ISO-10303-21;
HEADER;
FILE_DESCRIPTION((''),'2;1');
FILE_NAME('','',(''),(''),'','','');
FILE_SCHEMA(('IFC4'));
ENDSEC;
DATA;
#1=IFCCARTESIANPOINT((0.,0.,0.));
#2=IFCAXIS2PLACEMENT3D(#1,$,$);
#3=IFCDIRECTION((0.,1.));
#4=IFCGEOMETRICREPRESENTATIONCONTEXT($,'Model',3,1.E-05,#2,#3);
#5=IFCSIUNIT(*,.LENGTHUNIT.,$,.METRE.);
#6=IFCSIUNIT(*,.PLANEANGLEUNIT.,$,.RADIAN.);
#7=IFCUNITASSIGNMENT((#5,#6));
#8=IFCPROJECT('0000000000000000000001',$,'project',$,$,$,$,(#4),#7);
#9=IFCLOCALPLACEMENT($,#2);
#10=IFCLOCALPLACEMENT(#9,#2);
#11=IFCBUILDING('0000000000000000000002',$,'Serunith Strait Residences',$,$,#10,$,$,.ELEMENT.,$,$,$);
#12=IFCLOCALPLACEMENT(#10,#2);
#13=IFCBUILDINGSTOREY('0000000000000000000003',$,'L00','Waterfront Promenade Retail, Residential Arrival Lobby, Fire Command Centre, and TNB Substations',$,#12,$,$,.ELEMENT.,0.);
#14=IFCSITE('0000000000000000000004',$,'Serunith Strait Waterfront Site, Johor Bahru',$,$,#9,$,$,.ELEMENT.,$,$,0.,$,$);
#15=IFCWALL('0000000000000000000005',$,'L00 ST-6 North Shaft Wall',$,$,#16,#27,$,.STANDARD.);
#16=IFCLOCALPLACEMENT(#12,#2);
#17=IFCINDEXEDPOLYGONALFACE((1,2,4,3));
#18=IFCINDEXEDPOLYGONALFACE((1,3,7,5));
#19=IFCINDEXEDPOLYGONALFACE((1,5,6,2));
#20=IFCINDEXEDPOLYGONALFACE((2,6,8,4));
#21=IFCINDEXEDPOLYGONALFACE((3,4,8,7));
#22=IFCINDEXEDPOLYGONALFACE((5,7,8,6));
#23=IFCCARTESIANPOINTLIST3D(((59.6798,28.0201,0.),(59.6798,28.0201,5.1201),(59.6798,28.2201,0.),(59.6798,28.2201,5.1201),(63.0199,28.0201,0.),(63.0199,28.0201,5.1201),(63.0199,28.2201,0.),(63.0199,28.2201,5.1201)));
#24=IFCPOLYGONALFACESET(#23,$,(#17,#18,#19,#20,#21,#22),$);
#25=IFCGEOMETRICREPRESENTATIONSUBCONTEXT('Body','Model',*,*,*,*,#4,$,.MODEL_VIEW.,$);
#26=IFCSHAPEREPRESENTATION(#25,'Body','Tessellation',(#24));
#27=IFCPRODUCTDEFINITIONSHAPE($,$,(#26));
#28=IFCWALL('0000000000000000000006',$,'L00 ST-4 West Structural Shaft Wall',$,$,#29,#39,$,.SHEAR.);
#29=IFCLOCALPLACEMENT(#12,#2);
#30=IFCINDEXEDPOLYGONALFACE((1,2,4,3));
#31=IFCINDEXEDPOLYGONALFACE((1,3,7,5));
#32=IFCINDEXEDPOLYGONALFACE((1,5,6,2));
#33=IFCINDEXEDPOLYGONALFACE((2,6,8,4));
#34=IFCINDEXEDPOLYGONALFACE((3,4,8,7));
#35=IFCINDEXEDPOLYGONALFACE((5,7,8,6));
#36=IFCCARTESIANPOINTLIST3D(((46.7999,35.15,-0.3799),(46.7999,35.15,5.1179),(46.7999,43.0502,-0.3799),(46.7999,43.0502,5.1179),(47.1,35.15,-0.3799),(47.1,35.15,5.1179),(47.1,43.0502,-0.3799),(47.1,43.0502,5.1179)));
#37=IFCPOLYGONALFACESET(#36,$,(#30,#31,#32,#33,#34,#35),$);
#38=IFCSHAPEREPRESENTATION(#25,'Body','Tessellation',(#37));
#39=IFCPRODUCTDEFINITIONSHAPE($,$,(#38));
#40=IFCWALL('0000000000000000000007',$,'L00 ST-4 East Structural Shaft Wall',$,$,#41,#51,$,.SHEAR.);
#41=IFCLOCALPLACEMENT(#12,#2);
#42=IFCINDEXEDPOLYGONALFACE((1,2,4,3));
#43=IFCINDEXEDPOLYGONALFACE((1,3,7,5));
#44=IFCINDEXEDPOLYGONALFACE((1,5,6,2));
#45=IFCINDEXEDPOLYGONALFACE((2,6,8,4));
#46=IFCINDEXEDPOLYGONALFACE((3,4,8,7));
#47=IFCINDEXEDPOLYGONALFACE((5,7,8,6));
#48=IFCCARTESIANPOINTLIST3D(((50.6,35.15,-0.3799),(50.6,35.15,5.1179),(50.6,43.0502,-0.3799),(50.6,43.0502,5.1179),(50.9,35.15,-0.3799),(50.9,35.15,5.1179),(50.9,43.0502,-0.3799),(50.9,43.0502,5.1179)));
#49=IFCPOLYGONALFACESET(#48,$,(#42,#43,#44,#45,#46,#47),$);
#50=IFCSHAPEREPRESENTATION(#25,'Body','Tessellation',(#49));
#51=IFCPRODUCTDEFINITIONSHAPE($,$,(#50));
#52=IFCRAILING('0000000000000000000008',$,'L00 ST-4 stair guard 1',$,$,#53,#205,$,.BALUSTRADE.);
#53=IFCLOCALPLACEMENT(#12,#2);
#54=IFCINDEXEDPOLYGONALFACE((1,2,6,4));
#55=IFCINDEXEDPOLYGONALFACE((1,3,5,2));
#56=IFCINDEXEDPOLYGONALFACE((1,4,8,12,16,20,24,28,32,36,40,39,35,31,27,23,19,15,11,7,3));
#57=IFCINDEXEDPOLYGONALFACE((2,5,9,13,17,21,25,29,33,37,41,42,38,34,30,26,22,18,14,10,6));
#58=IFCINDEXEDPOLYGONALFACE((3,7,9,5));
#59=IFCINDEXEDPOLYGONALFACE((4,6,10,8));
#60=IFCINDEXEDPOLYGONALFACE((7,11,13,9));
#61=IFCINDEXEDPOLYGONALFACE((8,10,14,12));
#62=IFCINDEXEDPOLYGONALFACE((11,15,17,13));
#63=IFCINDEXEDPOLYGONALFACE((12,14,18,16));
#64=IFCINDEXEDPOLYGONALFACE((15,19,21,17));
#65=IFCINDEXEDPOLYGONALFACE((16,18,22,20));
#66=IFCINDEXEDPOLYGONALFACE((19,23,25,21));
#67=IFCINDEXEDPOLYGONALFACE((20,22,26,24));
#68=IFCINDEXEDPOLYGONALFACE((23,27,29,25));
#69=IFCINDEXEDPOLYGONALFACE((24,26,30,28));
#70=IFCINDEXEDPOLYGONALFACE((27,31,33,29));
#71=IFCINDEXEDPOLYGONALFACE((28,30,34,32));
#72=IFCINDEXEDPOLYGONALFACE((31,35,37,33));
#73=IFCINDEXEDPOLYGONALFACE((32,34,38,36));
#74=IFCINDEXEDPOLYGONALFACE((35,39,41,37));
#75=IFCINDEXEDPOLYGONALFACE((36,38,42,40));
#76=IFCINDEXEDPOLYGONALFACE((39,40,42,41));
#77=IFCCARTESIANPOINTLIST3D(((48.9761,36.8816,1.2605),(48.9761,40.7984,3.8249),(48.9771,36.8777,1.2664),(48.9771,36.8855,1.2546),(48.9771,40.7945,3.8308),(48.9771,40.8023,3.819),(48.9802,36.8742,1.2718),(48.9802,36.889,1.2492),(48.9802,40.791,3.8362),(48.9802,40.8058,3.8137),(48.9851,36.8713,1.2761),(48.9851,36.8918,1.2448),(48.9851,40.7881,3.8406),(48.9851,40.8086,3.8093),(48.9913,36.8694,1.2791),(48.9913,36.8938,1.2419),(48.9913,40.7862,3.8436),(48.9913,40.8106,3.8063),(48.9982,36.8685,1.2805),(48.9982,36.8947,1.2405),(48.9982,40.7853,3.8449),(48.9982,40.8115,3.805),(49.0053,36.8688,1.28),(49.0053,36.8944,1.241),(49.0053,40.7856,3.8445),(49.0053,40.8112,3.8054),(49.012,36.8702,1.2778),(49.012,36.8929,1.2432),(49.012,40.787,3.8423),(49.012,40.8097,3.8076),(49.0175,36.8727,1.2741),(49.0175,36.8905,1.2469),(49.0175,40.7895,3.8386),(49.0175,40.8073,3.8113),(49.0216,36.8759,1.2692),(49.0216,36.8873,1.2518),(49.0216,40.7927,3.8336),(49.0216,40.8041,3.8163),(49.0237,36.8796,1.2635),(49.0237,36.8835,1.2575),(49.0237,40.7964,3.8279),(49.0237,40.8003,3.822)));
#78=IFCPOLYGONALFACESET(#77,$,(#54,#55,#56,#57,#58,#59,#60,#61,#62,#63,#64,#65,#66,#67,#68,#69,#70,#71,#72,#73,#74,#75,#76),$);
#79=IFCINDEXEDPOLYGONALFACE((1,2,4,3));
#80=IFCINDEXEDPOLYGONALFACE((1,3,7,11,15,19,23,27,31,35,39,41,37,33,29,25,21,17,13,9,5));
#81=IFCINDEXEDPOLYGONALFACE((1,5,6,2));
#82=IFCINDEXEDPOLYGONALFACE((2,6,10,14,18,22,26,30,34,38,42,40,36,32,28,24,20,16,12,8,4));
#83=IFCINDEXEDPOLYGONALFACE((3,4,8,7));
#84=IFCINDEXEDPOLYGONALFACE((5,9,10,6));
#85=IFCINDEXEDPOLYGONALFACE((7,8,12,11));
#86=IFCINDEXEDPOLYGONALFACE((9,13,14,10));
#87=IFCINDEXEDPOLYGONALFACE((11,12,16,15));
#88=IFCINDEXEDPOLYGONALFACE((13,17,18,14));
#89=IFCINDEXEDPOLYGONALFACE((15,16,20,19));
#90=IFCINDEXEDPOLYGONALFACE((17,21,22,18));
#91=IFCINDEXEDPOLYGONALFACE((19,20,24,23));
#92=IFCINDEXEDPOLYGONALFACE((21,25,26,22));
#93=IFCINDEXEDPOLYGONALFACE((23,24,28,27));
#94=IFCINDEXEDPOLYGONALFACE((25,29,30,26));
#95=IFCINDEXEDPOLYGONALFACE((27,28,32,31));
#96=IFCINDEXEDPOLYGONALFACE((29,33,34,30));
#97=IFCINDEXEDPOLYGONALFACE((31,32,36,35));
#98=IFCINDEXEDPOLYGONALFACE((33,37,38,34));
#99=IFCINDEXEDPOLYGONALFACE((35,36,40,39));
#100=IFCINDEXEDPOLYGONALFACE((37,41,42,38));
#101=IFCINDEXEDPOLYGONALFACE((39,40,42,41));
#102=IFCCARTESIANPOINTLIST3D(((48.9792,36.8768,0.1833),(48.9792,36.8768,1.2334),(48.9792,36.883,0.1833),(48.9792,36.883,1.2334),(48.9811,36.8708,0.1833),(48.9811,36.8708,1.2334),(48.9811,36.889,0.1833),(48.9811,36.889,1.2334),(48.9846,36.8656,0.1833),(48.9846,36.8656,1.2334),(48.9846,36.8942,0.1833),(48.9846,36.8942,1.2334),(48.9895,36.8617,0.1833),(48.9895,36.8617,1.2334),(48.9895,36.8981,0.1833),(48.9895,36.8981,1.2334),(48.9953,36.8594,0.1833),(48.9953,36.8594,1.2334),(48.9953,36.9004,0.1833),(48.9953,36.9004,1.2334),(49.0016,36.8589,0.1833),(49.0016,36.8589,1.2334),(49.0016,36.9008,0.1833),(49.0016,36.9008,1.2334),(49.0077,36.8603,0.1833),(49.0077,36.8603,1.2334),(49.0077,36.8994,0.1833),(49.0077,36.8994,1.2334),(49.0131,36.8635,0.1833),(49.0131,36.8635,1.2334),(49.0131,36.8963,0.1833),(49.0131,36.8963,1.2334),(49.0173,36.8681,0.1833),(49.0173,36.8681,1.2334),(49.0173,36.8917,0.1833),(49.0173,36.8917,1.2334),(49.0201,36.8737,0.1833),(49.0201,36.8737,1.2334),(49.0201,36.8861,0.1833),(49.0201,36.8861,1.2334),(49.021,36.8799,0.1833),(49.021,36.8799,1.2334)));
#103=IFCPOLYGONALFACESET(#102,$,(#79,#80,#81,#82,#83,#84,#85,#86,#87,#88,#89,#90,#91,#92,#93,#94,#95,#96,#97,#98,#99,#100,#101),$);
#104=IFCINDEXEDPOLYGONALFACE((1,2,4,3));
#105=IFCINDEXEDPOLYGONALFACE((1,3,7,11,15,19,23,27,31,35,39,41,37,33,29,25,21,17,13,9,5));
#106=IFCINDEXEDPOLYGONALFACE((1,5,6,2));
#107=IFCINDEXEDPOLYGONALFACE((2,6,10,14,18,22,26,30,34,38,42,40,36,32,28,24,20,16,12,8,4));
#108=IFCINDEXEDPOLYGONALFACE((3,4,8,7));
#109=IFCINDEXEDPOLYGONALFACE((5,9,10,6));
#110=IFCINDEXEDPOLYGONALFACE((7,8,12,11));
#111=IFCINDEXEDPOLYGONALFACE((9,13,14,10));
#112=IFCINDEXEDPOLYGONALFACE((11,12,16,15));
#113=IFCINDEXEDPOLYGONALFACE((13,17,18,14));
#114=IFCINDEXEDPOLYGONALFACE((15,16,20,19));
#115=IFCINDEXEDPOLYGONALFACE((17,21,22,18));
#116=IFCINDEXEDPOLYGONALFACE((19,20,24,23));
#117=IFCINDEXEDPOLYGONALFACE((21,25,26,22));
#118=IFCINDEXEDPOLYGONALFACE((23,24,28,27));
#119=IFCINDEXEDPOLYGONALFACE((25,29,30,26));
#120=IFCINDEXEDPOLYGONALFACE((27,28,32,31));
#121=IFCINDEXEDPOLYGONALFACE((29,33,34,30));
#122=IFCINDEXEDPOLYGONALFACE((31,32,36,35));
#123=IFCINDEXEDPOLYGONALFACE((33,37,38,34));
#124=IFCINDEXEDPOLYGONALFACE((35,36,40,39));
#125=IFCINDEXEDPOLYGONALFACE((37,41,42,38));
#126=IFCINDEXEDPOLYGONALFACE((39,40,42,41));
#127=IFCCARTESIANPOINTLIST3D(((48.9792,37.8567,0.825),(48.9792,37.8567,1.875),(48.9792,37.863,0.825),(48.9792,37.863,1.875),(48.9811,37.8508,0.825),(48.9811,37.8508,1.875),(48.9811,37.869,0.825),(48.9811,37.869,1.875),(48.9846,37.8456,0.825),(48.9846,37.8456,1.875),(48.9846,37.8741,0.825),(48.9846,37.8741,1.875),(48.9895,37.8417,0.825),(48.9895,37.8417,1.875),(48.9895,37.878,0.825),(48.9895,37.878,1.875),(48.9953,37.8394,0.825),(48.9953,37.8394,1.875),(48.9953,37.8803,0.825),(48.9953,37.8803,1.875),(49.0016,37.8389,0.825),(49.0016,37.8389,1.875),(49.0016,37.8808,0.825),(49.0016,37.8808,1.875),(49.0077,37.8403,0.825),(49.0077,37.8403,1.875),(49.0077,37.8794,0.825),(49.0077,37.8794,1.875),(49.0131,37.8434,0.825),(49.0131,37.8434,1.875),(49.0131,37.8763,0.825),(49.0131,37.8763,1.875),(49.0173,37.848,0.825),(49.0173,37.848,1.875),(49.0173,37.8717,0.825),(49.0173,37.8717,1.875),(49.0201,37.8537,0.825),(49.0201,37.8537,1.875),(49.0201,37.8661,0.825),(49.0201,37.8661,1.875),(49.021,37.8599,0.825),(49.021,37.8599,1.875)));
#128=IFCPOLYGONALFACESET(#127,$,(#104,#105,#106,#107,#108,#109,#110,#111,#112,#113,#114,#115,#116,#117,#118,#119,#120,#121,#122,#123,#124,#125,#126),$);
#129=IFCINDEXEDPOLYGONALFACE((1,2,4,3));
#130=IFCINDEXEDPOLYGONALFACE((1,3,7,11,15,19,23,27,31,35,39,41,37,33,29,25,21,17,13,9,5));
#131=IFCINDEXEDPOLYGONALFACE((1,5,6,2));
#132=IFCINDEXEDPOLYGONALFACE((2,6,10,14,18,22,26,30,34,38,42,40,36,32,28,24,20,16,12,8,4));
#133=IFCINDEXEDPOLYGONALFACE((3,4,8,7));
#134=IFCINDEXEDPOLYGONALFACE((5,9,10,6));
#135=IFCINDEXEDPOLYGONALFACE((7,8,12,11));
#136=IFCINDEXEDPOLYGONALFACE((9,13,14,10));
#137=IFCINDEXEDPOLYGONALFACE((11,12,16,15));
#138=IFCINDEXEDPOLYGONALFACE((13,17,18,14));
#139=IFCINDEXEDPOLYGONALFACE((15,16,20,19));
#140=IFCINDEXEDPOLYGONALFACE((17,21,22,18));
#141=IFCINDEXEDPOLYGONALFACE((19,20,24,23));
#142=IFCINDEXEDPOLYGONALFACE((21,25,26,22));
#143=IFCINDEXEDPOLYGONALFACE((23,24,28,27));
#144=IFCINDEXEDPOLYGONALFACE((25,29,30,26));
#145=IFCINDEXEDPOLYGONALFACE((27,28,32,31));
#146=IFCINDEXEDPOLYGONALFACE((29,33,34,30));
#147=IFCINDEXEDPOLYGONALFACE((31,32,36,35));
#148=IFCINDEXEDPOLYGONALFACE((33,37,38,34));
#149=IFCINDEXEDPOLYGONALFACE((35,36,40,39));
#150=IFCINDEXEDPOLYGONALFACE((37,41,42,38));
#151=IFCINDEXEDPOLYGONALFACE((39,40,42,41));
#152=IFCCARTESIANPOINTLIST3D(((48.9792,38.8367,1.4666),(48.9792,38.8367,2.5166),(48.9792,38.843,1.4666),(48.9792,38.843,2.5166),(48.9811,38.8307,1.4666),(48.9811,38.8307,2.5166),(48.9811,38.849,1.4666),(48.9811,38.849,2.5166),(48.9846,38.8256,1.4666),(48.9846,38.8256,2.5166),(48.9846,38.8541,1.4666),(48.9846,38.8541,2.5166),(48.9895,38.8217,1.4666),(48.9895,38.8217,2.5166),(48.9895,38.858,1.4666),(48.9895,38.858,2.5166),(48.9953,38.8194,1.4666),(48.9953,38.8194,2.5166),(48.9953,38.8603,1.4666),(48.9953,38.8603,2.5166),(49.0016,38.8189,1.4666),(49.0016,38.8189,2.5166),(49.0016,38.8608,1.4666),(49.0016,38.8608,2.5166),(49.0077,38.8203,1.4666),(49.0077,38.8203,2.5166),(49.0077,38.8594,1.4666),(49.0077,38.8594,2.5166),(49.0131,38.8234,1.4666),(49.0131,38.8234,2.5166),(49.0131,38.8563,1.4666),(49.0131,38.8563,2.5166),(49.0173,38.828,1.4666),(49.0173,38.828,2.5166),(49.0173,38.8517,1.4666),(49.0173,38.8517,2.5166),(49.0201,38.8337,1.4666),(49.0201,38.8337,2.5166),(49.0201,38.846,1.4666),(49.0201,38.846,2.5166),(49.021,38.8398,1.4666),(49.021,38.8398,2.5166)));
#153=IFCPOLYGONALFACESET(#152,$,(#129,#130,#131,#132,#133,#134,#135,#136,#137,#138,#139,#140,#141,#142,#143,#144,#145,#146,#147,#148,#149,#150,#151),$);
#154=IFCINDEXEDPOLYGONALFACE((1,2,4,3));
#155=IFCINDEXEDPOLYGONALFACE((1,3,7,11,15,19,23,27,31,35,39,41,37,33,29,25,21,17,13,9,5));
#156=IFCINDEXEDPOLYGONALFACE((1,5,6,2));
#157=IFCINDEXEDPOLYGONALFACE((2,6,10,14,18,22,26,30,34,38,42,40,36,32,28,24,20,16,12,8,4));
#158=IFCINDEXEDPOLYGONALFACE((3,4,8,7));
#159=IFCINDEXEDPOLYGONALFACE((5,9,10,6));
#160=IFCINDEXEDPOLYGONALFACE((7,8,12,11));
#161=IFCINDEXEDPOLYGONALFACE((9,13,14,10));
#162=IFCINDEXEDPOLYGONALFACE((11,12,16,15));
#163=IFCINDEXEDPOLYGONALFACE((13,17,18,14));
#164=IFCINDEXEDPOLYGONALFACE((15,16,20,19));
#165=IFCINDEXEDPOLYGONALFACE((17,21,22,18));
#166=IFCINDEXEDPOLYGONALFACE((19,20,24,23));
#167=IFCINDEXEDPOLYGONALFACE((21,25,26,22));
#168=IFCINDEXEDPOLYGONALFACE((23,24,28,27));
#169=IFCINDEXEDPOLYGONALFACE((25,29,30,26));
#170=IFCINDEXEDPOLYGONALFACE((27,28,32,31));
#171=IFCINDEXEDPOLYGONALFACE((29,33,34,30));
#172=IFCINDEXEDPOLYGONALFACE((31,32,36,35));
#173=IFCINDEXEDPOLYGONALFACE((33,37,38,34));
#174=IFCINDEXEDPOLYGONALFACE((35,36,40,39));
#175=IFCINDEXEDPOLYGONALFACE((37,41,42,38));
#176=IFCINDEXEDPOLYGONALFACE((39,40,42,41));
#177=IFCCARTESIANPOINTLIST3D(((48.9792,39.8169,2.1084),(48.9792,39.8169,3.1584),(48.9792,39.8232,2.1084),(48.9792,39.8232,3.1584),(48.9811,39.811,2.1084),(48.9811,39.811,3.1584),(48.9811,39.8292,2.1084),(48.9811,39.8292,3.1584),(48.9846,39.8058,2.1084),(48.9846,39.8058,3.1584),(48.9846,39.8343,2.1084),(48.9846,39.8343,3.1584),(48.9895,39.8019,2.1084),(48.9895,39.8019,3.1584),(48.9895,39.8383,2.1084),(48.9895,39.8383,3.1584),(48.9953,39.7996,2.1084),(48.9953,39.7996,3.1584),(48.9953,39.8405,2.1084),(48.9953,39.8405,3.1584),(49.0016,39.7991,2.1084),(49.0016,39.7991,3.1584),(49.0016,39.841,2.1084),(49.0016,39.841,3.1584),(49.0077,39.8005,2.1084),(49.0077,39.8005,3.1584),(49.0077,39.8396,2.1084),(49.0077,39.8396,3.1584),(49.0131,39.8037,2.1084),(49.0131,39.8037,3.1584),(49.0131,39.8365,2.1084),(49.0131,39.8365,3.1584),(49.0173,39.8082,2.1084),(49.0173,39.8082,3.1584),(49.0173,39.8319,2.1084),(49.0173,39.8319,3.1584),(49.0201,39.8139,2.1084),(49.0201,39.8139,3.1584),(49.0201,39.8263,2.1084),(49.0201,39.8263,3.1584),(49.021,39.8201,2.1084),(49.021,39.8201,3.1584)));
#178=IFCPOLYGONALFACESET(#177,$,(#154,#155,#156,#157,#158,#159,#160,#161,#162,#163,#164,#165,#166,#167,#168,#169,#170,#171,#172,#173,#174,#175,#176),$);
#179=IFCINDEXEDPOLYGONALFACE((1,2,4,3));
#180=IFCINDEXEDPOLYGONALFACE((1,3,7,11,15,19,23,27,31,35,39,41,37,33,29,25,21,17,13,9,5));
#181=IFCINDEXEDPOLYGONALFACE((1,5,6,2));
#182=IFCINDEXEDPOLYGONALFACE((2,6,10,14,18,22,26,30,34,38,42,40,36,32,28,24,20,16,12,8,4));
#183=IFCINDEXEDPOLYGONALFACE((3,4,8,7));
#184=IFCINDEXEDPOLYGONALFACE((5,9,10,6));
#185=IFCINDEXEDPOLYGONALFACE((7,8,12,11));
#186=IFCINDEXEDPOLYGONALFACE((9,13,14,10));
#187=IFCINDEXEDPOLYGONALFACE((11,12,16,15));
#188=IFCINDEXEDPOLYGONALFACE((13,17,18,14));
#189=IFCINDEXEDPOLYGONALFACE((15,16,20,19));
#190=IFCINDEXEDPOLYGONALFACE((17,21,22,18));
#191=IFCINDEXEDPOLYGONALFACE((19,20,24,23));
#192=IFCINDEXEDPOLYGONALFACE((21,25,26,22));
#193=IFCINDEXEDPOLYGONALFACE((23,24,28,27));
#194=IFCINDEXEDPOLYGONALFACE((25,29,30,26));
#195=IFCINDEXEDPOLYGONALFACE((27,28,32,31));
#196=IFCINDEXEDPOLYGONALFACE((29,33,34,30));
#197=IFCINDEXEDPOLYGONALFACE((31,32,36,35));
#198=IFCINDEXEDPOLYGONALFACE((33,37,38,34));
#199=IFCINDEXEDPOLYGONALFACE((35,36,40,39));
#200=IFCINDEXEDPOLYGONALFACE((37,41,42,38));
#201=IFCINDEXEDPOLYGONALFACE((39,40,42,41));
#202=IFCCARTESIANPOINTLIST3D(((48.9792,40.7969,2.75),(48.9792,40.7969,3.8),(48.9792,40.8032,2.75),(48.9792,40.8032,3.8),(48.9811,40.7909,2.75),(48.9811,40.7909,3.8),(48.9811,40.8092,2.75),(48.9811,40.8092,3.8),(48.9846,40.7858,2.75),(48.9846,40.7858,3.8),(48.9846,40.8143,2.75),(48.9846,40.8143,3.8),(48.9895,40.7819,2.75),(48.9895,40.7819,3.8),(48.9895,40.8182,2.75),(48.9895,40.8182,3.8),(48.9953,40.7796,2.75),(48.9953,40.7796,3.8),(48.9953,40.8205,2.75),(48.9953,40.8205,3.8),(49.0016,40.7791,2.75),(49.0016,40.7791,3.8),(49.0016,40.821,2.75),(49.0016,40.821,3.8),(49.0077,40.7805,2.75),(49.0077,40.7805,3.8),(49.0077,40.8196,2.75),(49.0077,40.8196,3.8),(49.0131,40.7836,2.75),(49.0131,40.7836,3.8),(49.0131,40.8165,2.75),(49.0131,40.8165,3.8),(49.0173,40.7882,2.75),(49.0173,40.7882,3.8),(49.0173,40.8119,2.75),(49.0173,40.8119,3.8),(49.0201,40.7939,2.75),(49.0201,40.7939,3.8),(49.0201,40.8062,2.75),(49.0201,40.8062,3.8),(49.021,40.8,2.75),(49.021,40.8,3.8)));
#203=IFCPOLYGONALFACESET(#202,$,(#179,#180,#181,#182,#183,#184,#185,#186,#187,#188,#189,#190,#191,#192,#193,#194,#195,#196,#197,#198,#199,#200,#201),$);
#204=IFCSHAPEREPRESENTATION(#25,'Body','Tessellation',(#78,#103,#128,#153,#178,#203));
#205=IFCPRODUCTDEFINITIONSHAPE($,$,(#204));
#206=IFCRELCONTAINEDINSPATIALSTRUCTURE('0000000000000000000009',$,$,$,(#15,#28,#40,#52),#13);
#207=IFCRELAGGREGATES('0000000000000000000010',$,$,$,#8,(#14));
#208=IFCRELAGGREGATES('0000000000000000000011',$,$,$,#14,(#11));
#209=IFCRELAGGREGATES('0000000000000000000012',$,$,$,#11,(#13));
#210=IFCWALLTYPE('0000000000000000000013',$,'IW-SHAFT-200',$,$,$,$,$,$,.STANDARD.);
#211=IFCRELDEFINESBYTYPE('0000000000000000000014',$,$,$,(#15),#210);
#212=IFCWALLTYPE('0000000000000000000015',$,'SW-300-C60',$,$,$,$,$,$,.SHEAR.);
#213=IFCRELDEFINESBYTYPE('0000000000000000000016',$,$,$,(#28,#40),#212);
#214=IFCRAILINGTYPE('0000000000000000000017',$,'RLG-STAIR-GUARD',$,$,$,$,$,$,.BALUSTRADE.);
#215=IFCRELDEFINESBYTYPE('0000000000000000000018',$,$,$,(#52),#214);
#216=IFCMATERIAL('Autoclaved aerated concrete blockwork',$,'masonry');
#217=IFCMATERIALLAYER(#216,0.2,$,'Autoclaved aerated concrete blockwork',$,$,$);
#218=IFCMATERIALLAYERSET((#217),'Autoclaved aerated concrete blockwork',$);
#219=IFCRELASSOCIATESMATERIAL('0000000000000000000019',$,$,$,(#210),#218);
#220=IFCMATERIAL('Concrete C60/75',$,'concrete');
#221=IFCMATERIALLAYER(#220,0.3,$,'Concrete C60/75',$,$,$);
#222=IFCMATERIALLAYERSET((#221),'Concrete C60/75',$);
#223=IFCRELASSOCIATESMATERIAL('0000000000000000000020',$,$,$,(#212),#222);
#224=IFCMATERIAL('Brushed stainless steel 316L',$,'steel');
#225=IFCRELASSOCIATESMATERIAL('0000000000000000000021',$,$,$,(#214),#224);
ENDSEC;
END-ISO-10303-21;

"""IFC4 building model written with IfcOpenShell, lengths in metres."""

from ifc_helpers import new_model, si_unit, direction, frame, frame_2d, origin, origin_2d, place, context, subcontext, project, spatial, rectangle, circle, extrude, material, layer, layer_set, type_object, element, save


model = new_model("IFC4")

# Units and contexts
model_context = context("Model", 3, precision=1e-05, world=origin(), true_north=direction((0.0, 1.0)))
body_context = subcontext(model_context, "Body", "Model", "MODEL_VIEW")
ifc_project = project(units=[si_unit("LENGTHUNIT", "METRE"), si_unit("PLANEANGLEUNIT", "RADIAN")], contexts=[model_context])

# Site, building, storey
site_placement = place(None, origin())
site = spatial("IfcSite", under=ifc_project, at=site_placement, Name="Serunith Strait Waterfront Site, Johor Bahru", CompositionType="ELEMENT", RefElevation=0.0)
building_placement = place(site_placement, origin())
building = spatial("IfcBuilding", under=site, at=building_placement, Name="Serunith Strait Residences", CompositionType="ELEMENT")
storey_placement = place(building_placement, origin())
storey = spatial("IfcBuildingStorey", under=building, at=storey_placement, Name="L00", Description="Waterfront Promenade Retail, Residential Arrival Lobby, Fire Command Centre, and TNB Substations", CompositionType="ELEMENT", Elevation=0.0)

# Shared definitions
ifc_material_1 = material(Name="Autoclaved aerated concrete blockwork", Category="masonry")
ifc_layer_1 = layer(ifc_material_1, 0.2, Name="Autoclaved aerated concrete blockwork")
ifc_layer_set_1 = layer_set([ifc_layer_1], Name="Autoclaved aerated concrete blockwork")
wall_type_1 = type_object("IfcWallType", Name="IW-SHAFT-200", PredefinedType="STANDARD", material=ifc_layer_set_1)

# Walls
wall_1_placement = place(storey_placement, frame((59.6799, 28.1201, 0.0), z_axis=(0.0, 0.0, 1.0), x_axis=(1.0, 0.0, 0.0)))
element("IfcWall", 1, at=wall_1_placement, inside=storey, type_object=wall_type_1, Name="L00 ST-6 North Shaft Wall", PredefinedType="STANDARD", context=body_context, shape_type="SweptSolid", body=[
    extrude(rectangle(XDim=3.3401, YDim=0.2, at=frame_2d((1.6699, 0.0))), origin(), (0.0, 0.0, 1.0), 5.1201),
])
ifc_material_2 = material(Name="Concrete C60/75", Category="concrete")
ifc_layer_2 = layer(ifc_material_2, 0.3, Name="Concrete C60/75")
ifc_layer_set_2 = layer_set([ifc_layer_2], Name="Concrete C60/75")
wall_type_2 = type_object("IfcWallType", Name="SW-300-C60", PredefinedType="SHEAR", material=ifc_layer_set_2)
for number, where, z_axis, x_axis, name in (
    (2, (46.95, 35.1499, -0.3799), (0.0, 0.0, 1.0), (0.0, 1.0, 0.0), "L00 ST-4 West Structural Shaft Wall"),
    (3, (50.75, 35.1499, -0.3799), (0.0, 0.0, 1.0), (0.0, 1.0, 0.0), "L00 ST-4 East Structural Shaft Wall"),
):
    element("IfcWall", number, at=place(storey_placement, frame(where, z_axis=z_axis, x_axis=x_axis)), inside=storey, type_object=wall_type_2, Name=name, PredefinedType="SHEAR", context=body_context, shape_type="SweptSolid", body=[
        extrude(rectangle(XDim=7.9001, YDim=0.3, at=frame_2d((3.9502, 0.0))), origin(), (0.0, 0.0, 1.0), 5.4978),
    ])

# Railing
ifc_material_3 = material(Name="Brushed stainless steel 316L", Category="steel")
railing_type_1 = type_object("IfcRailingType", Name="RLG-STAIR-GUARD", PredefinedType="BALUSTRADE", material=ifc_material_3)
railing_1_placement = place(storey_placement, frame((49.0, 36.8799, 0.1833)))
element("IfcRailing", 4, at=railing_1_placement, inside=storey, type_object=railing_type_1, Name="L00 ST-4 stair guard 1", PredefinedType="BALUSTRADE", context=body_context, shape_type="SweptSolid", body=[
    extrude(circle(Radius=0.0239, at=origin_2d()), frame((0.0, 0.0017, 1.0771), z_axis=(0.0, 0.836631, 0.547767), x_axis=(-1.0, 0.0, 0.0)), (0.0, 0.0, 1.0), 4.6816),
    extrude(circle(Radius=0.021, at=origin_2d()), origin(), (0.0, 0.0, 1.0), 1.05),
    extrude(circle(Radius=0.021, at=origin_2d()), frame((0.0, 0.98, 0.6416)), (0.0, 0.0, 1.0), 1.05),
    extrude(circle(Radius=0.021, at=origin_2d()), frame((0.0, 1.96, 1.2832)), (0.0, 0.0, 1.0), 1.05),
    extrude(circle(Radius=0.021, at=origin_2d()), frame((0.0, 2.9402, 1.925)), (0.0, 0.0, 1.0), 1.05),
    extrude(circle(Radius=0.021, at=origin_2d()), frame((0.0, 3.9202, 2.5667)), (0.0, 0.0, 1.0), 1.05),
])

save(model, "model.ifc")
